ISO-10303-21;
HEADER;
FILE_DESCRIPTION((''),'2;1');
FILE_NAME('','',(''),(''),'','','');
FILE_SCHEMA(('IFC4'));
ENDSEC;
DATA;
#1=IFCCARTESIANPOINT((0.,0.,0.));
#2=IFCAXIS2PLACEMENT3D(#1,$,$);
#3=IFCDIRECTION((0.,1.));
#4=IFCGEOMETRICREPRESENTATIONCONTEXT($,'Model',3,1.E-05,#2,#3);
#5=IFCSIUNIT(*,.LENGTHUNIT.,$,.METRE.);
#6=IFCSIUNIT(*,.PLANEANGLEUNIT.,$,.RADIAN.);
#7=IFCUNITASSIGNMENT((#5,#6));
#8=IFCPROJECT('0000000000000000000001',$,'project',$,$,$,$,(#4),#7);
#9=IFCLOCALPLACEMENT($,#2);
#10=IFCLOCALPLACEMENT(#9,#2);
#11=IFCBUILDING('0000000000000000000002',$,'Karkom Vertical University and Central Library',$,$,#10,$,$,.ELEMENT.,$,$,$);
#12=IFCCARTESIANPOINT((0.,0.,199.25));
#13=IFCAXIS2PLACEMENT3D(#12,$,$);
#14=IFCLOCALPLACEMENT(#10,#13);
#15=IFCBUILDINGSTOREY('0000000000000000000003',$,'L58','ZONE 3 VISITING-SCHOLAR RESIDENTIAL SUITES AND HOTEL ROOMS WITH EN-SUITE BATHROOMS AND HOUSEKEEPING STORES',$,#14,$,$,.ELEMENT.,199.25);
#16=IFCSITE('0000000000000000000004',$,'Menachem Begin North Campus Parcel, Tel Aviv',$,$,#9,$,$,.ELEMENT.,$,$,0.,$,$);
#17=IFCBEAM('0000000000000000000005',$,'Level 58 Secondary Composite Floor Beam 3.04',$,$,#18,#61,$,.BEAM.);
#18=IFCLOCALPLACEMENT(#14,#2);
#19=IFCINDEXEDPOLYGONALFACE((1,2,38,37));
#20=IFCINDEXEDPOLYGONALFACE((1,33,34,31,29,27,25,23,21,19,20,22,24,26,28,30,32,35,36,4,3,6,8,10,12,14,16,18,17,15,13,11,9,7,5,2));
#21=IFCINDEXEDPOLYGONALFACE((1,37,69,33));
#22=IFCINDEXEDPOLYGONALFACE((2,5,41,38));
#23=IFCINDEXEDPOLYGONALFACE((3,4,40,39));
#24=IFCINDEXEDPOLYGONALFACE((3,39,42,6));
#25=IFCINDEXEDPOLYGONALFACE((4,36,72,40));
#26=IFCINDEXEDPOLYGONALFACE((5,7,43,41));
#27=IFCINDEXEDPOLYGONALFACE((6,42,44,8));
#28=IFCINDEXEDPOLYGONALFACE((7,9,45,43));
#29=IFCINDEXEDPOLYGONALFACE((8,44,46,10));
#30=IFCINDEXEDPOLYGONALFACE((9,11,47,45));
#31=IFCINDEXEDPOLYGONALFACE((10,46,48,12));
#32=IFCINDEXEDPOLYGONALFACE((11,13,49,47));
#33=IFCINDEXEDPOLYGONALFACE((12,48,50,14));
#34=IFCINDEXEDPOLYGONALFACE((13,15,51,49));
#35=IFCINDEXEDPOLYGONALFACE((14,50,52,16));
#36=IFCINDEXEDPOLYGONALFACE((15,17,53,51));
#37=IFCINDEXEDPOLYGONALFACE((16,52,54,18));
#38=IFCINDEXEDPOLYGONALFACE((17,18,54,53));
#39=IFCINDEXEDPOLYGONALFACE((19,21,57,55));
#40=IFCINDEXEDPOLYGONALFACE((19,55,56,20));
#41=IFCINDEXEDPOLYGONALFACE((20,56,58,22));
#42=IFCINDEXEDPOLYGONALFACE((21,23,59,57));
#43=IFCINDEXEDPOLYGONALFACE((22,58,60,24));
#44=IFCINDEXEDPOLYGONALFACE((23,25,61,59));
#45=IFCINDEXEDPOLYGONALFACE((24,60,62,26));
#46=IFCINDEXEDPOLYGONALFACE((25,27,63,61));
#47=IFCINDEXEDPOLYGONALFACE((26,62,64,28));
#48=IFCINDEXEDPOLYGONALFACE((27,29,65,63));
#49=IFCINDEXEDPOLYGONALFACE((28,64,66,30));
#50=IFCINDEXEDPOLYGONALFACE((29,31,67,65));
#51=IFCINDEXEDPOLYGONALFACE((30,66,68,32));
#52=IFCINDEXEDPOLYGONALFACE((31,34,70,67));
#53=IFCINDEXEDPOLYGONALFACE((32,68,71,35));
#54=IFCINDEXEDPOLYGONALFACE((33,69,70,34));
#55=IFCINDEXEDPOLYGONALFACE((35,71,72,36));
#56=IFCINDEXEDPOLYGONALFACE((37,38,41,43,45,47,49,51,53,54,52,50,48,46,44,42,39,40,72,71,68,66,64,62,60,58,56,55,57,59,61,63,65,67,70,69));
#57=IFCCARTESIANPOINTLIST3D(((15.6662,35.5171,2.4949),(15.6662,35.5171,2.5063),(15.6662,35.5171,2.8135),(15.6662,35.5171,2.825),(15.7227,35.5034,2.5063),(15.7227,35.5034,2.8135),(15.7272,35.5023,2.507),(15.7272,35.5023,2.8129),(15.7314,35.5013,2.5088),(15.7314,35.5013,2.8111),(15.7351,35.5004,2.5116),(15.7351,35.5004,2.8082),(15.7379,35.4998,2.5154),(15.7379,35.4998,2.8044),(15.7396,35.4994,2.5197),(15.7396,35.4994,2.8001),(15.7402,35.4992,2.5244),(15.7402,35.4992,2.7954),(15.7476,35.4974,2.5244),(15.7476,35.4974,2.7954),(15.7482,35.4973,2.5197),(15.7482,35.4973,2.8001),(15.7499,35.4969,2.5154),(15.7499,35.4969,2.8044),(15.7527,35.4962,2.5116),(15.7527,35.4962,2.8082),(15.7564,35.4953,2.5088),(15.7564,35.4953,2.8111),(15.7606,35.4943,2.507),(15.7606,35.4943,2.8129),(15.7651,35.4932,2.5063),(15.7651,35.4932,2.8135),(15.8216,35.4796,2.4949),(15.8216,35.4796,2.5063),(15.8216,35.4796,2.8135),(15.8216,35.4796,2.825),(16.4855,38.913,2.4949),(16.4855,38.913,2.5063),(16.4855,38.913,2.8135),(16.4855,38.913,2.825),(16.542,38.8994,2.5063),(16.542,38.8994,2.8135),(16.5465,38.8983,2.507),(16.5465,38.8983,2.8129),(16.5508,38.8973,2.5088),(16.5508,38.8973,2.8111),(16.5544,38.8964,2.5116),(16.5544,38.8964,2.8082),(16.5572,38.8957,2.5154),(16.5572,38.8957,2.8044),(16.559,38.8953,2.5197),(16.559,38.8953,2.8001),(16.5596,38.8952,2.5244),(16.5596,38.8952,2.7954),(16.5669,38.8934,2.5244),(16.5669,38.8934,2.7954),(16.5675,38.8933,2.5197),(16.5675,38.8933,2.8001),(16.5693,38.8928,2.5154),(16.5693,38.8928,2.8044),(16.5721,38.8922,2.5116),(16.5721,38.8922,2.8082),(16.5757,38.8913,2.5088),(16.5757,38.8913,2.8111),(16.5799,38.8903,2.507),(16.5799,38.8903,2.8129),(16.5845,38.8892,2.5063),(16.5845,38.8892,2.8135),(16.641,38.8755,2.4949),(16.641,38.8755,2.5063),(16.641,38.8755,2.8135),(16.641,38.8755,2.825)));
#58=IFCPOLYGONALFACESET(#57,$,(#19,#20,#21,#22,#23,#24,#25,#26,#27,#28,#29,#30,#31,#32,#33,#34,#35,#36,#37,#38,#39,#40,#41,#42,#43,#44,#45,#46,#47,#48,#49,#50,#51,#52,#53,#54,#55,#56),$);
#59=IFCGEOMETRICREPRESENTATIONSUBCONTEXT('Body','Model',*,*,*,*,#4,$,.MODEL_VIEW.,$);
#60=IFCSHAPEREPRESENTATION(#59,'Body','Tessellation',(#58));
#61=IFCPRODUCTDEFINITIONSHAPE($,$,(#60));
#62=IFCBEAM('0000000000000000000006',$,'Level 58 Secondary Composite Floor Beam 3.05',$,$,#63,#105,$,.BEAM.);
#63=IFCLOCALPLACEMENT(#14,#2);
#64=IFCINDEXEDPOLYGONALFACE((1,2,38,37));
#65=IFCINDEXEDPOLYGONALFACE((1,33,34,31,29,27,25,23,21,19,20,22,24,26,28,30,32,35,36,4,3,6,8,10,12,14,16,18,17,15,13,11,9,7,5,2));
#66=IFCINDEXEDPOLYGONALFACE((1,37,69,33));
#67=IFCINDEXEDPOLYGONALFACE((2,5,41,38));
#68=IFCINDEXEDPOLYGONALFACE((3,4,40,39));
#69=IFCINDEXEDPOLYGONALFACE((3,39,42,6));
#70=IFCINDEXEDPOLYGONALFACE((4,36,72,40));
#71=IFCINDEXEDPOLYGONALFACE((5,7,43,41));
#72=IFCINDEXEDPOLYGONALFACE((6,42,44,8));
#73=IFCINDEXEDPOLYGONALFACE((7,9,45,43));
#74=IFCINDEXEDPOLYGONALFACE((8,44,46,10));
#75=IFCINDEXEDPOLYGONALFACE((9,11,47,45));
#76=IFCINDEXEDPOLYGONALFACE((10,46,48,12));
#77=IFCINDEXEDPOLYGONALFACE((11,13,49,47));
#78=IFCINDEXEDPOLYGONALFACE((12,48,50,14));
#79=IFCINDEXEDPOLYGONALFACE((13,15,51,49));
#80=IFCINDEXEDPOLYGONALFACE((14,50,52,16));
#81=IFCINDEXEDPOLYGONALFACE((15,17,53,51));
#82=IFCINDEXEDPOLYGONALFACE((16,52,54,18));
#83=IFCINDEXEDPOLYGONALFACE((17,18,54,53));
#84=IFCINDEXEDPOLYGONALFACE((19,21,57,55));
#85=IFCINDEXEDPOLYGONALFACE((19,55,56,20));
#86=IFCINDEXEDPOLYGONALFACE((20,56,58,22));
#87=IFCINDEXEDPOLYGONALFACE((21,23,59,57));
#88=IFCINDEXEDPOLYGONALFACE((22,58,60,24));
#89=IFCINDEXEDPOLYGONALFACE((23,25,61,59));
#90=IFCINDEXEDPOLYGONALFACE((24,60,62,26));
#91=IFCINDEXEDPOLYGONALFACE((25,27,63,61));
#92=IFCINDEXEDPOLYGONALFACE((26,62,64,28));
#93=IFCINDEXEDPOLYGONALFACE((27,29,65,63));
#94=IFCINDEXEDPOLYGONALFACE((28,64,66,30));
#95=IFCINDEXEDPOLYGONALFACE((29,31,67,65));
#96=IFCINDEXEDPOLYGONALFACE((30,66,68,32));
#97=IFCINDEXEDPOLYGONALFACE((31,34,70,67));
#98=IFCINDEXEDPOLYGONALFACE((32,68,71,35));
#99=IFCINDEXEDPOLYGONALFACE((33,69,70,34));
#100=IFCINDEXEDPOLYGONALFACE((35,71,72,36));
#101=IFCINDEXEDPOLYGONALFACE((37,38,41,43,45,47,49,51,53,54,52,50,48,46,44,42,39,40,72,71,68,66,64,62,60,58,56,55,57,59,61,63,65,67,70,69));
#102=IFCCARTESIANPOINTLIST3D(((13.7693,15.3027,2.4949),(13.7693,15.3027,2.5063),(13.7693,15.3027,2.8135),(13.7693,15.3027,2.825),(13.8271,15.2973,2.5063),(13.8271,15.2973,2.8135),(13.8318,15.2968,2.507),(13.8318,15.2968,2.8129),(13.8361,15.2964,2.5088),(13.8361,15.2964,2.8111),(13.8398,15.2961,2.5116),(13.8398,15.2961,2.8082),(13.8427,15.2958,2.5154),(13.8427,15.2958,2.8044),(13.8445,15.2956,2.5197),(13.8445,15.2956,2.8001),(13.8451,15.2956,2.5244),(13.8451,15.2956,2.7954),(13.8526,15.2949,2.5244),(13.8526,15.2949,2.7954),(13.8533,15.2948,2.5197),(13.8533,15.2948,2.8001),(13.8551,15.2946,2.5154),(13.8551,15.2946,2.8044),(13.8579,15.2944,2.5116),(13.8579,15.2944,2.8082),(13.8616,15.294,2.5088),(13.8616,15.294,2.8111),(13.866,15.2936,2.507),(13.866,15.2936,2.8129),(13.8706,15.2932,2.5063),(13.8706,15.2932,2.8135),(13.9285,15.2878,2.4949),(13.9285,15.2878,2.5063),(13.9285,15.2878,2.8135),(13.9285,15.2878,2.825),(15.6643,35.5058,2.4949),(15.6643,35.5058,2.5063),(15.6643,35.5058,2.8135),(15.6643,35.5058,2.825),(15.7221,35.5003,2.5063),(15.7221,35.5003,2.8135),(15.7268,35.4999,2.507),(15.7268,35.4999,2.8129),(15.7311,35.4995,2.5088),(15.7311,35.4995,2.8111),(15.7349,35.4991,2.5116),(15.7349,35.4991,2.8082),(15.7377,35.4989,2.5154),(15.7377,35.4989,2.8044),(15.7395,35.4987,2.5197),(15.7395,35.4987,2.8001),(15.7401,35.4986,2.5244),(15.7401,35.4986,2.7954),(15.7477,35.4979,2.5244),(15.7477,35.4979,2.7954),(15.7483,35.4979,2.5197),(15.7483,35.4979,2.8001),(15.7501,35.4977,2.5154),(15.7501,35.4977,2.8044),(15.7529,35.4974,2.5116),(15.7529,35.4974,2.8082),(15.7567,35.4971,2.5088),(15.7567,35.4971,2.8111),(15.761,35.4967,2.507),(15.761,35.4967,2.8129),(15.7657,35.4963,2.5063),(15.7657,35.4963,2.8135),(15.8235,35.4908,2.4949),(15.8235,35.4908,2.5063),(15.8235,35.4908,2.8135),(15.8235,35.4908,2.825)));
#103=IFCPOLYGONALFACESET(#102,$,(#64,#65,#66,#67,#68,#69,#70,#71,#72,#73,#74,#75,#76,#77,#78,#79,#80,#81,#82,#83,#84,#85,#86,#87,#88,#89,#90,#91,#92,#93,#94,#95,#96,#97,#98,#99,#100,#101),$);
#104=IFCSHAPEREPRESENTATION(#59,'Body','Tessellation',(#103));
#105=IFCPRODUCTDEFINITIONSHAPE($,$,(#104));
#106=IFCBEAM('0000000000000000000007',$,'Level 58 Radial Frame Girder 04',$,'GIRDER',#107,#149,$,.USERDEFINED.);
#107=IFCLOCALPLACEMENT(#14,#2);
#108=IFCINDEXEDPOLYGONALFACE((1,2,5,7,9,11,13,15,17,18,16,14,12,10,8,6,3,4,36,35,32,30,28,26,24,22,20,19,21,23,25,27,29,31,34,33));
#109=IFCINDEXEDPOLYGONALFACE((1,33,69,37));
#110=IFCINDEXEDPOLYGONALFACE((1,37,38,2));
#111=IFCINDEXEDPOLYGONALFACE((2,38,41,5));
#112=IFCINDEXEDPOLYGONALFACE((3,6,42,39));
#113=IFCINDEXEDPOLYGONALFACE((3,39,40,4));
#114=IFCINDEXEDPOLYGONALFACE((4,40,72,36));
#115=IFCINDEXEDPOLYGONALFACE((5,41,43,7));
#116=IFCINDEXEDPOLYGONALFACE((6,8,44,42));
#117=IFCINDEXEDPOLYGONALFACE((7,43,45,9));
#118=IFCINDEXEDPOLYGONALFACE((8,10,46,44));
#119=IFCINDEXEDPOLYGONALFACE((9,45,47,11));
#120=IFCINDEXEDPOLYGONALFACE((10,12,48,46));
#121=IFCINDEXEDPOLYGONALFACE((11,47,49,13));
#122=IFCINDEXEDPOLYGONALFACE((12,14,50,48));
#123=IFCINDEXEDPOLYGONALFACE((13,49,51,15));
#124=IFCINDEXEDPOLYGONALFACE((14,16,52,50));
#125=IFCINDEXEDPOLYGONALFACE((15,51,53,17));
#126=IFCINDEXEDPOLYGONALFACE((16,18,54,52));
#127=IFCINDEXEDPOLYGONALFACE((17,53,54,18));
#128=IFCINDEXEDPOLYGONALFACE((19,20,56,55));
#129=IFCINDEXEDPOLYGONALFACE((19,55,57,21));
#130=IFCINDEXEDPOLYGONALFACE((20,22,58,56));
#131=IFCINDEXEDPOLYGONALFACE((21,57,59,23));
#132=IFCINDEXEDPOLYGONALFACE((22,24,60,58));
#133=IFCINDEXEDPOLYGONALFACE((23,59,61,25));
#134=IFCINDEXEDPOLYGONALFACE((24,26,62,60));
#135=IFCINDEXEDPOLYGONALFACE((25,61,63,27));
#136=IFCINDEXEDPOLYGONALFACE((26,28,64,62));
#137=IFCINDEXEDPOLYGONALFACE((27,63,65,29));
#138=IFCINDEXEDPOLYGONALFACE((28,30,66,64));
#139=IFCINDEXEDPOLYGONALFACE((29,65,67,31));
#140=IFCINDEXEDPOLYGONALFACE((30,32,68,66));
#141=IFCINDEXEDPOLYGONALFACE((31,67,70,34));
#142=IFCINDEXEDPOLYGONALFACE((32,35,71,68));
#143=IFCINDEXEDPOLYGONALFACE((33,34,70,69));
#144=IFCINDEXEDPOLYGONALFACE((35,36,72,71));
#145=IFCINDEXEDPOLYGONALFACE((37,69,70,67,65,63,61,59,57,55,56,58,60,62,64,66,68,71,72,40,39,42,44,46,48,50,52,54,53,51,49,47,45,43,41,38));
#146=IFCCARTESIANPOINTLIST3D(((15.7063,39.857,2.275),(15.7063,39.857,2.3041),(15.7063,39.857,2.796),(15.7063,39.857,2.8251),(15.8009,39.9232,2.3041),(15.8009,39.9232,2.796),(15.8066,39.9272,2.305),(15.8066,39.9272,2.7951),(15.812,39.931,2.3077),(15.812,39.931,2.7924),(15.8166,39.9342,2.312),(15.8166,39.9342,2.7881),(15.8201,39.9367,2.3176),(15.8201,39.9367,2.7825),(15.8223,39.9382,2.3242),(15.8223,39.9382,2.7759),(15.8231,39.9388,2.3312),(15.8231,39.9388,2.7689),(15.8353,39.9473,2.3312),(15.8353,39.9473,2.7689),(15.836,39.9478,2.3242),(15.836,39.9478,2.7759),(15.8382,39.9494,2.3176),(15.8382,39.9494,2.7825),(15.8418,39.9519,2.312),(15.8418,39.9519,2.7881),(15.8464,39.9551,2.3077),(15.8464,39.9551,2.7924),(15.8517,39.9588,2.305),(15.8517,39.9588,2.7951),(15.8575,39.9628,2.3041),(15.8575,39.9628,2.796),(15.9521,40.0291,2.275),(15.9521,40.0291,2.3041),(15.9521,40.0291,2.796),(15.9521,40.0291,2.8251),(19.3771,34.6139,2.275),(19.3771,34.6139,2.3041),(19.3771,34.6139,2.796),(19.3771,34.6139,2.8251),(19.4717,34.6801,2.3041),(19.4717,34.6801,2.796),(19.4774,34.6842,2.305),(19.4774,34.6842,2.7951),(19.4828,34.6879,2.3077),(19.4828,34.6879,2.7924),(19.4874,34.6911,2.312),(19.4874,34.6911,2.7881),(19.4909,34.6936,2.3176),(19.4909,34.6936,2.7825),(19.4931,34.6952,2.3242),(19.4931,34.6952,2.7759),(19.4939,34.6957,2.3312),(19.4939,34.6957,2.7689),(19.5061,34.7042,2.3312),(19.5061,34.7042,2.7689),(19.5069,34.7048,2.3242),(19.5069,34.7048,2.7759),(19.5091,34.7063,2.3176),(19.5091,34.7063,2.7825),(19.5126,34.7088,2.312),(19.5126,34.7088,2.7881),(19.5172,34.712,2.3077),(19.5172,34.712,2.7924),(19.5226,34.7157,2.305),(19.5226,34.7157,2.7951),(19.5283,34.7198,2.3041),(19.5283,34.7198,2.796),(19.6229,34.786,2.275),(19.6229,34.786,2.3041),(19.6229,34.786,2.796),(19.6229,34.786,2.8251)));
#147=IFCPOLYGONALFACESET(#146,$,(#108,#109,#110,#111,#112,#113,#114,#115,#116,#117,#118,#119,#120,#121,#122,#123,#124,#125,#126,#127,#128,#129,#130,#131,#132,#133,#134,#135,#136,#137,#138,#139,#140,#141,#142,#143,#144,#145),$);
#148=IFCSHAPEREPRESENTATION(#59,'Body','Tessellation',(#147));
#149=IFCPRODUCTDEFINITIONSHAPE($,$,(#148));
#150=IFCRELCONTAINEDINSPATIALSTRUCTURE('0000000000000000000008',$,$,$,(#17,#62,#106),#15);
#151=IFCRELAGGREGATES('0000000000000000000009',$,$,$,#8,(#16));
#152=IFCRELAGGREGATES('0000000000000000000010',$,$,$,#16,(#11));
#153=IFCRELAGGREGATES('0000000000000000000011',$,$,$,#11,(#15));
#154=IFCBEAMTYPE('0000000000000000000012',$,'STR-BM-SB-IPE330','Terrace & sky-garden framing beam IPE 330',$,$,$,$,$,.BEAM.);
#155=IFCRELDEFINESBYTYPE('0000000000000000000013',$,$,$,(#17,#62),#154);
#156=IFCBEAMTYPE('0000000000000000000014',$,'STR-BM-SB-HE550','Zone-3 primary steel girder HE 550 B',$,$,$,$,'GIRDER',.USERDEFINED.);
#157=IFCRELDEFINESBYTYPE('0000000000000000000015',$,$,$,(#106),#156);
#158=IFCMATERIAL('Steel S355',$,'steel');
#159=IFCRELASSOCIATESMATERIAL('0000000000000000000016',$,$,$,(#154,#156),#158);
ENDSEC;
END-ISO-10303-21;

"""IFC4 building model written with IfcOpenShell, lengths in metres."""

from ifc_helpers import new_model, si_unit, direction, frame, origin, origin_with_axes, origin_2d, place, context, subcontext, project, spatial, i_section, extrude, source, transform, mapped, material, material_profile, profile_set, type_object, element, save


model = new_model("IFC4")

# Units and contexts
model_context = context("Model", 3, precision=1e-05, world=origin(), true_north=direction((0.0, 1.0)))
body_context = subcontext(model_context, "Body", "Model", "MODEL_VIEW")
ifc_project = project(units=[si_unit("LENGTHUNIT", "METRE"), si_unit("PLANEANGLEUNIT", "RADIAN")], contexts=[model_context])

# Site, building, storey
site_placement = place(None, origin())
site = spatial("IfcSite", under=ifc_project, at=site_placement, Name="Menachem Begin North Campus Parcel, Tel Aviv", CompositionType="ELEMENT", RefElevation=0.0)
building_placement = place(site_placement, origin())
building = spatial("IfcBuilding", under=site, at=building_placement, Name="Karkom Vertical University and Central Library", CompositionType="ELEMENT")
storey_placement = place(building_placement, frame((0.0, 0.0, 199.25)))
storey = spatial("IfcBuildingStorey", under=building, at=storey_placement, Name="L58", Description="ZONE 3 VISITING-SCHOLAR RESIDENTIAL SUITES AND HOTEL ROOMS WITH EN-SUITE BATHROOMS AND HOUSEKEEPING STORES", CompositionType="ELEMENT", Elevation=199.25)

# Beams
ifc_material_1 = material(Name="Steel S355", Category="steel")
ifc_material_profile_1 = material_profile(ifc_material_1, i_section(OverallWidth=0.1599, OverallDepth=0.3301, WebThickness=0.0076, FlangeThickness=0.0115, FilletRadius=0.0181, at=origin_2d()), Name="IPE 330")
ifc_profile_set_1 = profile_set([ifc_material_profile_1], Name="Steel S355")
beam_type_1 = type_object("IfcBeamType", Name="STR-BM-SB-IPE330", Description="Terrace & sky-garden framing beam IPE 330", PredefinedType="BEAM", material=ifc_profile_set_1)
shared_shape_1 = source(origin_with_axes(), body_context, "Body", "SweptSolid", [
    extrude(i_section(OverallWidth=0.1599, OverallDepth=0.3301, WebThickness=0.0076, FlangeThickness=0.0115, FilletRadius=0.0181, at=origin_2d()), origin(), (0.0, 0.0, 1.0), 3.4934),
])
beam_1_placement = place(storey_placement, frame((16.5632, 38.8943, 2.6599), z_axis=(-0.234536, -0.972107, 0.0), x_axis=(0.972107, -0.234536, 0.0)))
element("IfcBeam", 1, at=beam_1_placement, inside=storey, type_object=beam_type_1, Name="Level 58 Secondary Composite Floor Beam 3.04", PredefinedType="BEAM", context=body_context, shape_type="MappedRepresentation", body=[
    mapped(shared_shape_1, transform((0.0, 0.0, 0.0), scale=1.0)),
])
shared_shape_2 = source(origin_with_axes(), body_context, "Body", "SweptSolid", [
    extrude(i_section(OverallWidth=0.1599, OverallDepth=0.3301, WebThickness=0.0076, FlangeThickness=0.0115, FilletRadius=0.0181, at=origin_2d()), origin(), (0.0, 0.0, 1.0), 20.2917),
])
beam_2_placement = place(storey_placement, frame((15.7439, 35.4983, 2.6599), z_axis=(-0.093388, -0.99563, 0.0), x_axis=(0.99563, -0.093388, 0.0)))
element("IfcBeam", 2, at=beam_2_placement, inside=storey, type_object=beam_type_1, Name="Level 58 Secondary Composite Floor Beam 3.05", PredefinedType="BEAM", context=body_context, shape_type="MappedRepresentation", body=[
    mapped(shared_shape_2, transform((0.0, 0.0, 0.0), scale=1.0)),
])
ifc_material_profile_2 = material_profile(ifc_material_1, i_section(OverallWidth=0.3, OverallDepth=0.55, WebThickness=0.0149, FlangeThickness=0.0291, FilletRadius=0.0271, at=origin_2d()), Name="HE 550 B")
ifc_profile_set_2 = profile_set([ifc_material_profile_2], Name="Steel S355")
beam_type_2 = type_object("IfcBeamType", Name="STR-BM-SB-HE550", Description="Zone-3 primary steel girder HE 550 B", ElementType="GIRDER", PredefinedType="USERDEFINED", material=ifc_profile_set_2)
shared_shape_3 = source(origin_with_axes(), body_context, "Body", "SweptSolid", [
    extrude(i_section(OverallWidth=0.3, OverallDepth=0.55, WebThickness=0.0149, FlangeThickness=0.0291, FilletRadius=0.0271, at=origin_2d()), origin(), (0.0, 0.0, 1.0), 6.4004),
])
beam_3_placement = place(storey_placement, frame((19.5, 34.7, 2.55), z_axis=(-0.573534, 0.819182, 0.0), x_axis=(-0.819182, -0.573534, 0.0)))
element("IfcBeam", 3, at=beam_3_placement, inside=storey, type_object=beam_type_2, Name="Level 58 Radial Frame Girder 04", ObjectType="GIRDER", PredefinedType="USERDEFINED", context=body_context, shape_type="MappedRepresentation", body=[
    mapped(shared_shape_3, transform((0.0, 0.0, 0.0), scale=1.0)),
])

save(model, "model.ifc")
